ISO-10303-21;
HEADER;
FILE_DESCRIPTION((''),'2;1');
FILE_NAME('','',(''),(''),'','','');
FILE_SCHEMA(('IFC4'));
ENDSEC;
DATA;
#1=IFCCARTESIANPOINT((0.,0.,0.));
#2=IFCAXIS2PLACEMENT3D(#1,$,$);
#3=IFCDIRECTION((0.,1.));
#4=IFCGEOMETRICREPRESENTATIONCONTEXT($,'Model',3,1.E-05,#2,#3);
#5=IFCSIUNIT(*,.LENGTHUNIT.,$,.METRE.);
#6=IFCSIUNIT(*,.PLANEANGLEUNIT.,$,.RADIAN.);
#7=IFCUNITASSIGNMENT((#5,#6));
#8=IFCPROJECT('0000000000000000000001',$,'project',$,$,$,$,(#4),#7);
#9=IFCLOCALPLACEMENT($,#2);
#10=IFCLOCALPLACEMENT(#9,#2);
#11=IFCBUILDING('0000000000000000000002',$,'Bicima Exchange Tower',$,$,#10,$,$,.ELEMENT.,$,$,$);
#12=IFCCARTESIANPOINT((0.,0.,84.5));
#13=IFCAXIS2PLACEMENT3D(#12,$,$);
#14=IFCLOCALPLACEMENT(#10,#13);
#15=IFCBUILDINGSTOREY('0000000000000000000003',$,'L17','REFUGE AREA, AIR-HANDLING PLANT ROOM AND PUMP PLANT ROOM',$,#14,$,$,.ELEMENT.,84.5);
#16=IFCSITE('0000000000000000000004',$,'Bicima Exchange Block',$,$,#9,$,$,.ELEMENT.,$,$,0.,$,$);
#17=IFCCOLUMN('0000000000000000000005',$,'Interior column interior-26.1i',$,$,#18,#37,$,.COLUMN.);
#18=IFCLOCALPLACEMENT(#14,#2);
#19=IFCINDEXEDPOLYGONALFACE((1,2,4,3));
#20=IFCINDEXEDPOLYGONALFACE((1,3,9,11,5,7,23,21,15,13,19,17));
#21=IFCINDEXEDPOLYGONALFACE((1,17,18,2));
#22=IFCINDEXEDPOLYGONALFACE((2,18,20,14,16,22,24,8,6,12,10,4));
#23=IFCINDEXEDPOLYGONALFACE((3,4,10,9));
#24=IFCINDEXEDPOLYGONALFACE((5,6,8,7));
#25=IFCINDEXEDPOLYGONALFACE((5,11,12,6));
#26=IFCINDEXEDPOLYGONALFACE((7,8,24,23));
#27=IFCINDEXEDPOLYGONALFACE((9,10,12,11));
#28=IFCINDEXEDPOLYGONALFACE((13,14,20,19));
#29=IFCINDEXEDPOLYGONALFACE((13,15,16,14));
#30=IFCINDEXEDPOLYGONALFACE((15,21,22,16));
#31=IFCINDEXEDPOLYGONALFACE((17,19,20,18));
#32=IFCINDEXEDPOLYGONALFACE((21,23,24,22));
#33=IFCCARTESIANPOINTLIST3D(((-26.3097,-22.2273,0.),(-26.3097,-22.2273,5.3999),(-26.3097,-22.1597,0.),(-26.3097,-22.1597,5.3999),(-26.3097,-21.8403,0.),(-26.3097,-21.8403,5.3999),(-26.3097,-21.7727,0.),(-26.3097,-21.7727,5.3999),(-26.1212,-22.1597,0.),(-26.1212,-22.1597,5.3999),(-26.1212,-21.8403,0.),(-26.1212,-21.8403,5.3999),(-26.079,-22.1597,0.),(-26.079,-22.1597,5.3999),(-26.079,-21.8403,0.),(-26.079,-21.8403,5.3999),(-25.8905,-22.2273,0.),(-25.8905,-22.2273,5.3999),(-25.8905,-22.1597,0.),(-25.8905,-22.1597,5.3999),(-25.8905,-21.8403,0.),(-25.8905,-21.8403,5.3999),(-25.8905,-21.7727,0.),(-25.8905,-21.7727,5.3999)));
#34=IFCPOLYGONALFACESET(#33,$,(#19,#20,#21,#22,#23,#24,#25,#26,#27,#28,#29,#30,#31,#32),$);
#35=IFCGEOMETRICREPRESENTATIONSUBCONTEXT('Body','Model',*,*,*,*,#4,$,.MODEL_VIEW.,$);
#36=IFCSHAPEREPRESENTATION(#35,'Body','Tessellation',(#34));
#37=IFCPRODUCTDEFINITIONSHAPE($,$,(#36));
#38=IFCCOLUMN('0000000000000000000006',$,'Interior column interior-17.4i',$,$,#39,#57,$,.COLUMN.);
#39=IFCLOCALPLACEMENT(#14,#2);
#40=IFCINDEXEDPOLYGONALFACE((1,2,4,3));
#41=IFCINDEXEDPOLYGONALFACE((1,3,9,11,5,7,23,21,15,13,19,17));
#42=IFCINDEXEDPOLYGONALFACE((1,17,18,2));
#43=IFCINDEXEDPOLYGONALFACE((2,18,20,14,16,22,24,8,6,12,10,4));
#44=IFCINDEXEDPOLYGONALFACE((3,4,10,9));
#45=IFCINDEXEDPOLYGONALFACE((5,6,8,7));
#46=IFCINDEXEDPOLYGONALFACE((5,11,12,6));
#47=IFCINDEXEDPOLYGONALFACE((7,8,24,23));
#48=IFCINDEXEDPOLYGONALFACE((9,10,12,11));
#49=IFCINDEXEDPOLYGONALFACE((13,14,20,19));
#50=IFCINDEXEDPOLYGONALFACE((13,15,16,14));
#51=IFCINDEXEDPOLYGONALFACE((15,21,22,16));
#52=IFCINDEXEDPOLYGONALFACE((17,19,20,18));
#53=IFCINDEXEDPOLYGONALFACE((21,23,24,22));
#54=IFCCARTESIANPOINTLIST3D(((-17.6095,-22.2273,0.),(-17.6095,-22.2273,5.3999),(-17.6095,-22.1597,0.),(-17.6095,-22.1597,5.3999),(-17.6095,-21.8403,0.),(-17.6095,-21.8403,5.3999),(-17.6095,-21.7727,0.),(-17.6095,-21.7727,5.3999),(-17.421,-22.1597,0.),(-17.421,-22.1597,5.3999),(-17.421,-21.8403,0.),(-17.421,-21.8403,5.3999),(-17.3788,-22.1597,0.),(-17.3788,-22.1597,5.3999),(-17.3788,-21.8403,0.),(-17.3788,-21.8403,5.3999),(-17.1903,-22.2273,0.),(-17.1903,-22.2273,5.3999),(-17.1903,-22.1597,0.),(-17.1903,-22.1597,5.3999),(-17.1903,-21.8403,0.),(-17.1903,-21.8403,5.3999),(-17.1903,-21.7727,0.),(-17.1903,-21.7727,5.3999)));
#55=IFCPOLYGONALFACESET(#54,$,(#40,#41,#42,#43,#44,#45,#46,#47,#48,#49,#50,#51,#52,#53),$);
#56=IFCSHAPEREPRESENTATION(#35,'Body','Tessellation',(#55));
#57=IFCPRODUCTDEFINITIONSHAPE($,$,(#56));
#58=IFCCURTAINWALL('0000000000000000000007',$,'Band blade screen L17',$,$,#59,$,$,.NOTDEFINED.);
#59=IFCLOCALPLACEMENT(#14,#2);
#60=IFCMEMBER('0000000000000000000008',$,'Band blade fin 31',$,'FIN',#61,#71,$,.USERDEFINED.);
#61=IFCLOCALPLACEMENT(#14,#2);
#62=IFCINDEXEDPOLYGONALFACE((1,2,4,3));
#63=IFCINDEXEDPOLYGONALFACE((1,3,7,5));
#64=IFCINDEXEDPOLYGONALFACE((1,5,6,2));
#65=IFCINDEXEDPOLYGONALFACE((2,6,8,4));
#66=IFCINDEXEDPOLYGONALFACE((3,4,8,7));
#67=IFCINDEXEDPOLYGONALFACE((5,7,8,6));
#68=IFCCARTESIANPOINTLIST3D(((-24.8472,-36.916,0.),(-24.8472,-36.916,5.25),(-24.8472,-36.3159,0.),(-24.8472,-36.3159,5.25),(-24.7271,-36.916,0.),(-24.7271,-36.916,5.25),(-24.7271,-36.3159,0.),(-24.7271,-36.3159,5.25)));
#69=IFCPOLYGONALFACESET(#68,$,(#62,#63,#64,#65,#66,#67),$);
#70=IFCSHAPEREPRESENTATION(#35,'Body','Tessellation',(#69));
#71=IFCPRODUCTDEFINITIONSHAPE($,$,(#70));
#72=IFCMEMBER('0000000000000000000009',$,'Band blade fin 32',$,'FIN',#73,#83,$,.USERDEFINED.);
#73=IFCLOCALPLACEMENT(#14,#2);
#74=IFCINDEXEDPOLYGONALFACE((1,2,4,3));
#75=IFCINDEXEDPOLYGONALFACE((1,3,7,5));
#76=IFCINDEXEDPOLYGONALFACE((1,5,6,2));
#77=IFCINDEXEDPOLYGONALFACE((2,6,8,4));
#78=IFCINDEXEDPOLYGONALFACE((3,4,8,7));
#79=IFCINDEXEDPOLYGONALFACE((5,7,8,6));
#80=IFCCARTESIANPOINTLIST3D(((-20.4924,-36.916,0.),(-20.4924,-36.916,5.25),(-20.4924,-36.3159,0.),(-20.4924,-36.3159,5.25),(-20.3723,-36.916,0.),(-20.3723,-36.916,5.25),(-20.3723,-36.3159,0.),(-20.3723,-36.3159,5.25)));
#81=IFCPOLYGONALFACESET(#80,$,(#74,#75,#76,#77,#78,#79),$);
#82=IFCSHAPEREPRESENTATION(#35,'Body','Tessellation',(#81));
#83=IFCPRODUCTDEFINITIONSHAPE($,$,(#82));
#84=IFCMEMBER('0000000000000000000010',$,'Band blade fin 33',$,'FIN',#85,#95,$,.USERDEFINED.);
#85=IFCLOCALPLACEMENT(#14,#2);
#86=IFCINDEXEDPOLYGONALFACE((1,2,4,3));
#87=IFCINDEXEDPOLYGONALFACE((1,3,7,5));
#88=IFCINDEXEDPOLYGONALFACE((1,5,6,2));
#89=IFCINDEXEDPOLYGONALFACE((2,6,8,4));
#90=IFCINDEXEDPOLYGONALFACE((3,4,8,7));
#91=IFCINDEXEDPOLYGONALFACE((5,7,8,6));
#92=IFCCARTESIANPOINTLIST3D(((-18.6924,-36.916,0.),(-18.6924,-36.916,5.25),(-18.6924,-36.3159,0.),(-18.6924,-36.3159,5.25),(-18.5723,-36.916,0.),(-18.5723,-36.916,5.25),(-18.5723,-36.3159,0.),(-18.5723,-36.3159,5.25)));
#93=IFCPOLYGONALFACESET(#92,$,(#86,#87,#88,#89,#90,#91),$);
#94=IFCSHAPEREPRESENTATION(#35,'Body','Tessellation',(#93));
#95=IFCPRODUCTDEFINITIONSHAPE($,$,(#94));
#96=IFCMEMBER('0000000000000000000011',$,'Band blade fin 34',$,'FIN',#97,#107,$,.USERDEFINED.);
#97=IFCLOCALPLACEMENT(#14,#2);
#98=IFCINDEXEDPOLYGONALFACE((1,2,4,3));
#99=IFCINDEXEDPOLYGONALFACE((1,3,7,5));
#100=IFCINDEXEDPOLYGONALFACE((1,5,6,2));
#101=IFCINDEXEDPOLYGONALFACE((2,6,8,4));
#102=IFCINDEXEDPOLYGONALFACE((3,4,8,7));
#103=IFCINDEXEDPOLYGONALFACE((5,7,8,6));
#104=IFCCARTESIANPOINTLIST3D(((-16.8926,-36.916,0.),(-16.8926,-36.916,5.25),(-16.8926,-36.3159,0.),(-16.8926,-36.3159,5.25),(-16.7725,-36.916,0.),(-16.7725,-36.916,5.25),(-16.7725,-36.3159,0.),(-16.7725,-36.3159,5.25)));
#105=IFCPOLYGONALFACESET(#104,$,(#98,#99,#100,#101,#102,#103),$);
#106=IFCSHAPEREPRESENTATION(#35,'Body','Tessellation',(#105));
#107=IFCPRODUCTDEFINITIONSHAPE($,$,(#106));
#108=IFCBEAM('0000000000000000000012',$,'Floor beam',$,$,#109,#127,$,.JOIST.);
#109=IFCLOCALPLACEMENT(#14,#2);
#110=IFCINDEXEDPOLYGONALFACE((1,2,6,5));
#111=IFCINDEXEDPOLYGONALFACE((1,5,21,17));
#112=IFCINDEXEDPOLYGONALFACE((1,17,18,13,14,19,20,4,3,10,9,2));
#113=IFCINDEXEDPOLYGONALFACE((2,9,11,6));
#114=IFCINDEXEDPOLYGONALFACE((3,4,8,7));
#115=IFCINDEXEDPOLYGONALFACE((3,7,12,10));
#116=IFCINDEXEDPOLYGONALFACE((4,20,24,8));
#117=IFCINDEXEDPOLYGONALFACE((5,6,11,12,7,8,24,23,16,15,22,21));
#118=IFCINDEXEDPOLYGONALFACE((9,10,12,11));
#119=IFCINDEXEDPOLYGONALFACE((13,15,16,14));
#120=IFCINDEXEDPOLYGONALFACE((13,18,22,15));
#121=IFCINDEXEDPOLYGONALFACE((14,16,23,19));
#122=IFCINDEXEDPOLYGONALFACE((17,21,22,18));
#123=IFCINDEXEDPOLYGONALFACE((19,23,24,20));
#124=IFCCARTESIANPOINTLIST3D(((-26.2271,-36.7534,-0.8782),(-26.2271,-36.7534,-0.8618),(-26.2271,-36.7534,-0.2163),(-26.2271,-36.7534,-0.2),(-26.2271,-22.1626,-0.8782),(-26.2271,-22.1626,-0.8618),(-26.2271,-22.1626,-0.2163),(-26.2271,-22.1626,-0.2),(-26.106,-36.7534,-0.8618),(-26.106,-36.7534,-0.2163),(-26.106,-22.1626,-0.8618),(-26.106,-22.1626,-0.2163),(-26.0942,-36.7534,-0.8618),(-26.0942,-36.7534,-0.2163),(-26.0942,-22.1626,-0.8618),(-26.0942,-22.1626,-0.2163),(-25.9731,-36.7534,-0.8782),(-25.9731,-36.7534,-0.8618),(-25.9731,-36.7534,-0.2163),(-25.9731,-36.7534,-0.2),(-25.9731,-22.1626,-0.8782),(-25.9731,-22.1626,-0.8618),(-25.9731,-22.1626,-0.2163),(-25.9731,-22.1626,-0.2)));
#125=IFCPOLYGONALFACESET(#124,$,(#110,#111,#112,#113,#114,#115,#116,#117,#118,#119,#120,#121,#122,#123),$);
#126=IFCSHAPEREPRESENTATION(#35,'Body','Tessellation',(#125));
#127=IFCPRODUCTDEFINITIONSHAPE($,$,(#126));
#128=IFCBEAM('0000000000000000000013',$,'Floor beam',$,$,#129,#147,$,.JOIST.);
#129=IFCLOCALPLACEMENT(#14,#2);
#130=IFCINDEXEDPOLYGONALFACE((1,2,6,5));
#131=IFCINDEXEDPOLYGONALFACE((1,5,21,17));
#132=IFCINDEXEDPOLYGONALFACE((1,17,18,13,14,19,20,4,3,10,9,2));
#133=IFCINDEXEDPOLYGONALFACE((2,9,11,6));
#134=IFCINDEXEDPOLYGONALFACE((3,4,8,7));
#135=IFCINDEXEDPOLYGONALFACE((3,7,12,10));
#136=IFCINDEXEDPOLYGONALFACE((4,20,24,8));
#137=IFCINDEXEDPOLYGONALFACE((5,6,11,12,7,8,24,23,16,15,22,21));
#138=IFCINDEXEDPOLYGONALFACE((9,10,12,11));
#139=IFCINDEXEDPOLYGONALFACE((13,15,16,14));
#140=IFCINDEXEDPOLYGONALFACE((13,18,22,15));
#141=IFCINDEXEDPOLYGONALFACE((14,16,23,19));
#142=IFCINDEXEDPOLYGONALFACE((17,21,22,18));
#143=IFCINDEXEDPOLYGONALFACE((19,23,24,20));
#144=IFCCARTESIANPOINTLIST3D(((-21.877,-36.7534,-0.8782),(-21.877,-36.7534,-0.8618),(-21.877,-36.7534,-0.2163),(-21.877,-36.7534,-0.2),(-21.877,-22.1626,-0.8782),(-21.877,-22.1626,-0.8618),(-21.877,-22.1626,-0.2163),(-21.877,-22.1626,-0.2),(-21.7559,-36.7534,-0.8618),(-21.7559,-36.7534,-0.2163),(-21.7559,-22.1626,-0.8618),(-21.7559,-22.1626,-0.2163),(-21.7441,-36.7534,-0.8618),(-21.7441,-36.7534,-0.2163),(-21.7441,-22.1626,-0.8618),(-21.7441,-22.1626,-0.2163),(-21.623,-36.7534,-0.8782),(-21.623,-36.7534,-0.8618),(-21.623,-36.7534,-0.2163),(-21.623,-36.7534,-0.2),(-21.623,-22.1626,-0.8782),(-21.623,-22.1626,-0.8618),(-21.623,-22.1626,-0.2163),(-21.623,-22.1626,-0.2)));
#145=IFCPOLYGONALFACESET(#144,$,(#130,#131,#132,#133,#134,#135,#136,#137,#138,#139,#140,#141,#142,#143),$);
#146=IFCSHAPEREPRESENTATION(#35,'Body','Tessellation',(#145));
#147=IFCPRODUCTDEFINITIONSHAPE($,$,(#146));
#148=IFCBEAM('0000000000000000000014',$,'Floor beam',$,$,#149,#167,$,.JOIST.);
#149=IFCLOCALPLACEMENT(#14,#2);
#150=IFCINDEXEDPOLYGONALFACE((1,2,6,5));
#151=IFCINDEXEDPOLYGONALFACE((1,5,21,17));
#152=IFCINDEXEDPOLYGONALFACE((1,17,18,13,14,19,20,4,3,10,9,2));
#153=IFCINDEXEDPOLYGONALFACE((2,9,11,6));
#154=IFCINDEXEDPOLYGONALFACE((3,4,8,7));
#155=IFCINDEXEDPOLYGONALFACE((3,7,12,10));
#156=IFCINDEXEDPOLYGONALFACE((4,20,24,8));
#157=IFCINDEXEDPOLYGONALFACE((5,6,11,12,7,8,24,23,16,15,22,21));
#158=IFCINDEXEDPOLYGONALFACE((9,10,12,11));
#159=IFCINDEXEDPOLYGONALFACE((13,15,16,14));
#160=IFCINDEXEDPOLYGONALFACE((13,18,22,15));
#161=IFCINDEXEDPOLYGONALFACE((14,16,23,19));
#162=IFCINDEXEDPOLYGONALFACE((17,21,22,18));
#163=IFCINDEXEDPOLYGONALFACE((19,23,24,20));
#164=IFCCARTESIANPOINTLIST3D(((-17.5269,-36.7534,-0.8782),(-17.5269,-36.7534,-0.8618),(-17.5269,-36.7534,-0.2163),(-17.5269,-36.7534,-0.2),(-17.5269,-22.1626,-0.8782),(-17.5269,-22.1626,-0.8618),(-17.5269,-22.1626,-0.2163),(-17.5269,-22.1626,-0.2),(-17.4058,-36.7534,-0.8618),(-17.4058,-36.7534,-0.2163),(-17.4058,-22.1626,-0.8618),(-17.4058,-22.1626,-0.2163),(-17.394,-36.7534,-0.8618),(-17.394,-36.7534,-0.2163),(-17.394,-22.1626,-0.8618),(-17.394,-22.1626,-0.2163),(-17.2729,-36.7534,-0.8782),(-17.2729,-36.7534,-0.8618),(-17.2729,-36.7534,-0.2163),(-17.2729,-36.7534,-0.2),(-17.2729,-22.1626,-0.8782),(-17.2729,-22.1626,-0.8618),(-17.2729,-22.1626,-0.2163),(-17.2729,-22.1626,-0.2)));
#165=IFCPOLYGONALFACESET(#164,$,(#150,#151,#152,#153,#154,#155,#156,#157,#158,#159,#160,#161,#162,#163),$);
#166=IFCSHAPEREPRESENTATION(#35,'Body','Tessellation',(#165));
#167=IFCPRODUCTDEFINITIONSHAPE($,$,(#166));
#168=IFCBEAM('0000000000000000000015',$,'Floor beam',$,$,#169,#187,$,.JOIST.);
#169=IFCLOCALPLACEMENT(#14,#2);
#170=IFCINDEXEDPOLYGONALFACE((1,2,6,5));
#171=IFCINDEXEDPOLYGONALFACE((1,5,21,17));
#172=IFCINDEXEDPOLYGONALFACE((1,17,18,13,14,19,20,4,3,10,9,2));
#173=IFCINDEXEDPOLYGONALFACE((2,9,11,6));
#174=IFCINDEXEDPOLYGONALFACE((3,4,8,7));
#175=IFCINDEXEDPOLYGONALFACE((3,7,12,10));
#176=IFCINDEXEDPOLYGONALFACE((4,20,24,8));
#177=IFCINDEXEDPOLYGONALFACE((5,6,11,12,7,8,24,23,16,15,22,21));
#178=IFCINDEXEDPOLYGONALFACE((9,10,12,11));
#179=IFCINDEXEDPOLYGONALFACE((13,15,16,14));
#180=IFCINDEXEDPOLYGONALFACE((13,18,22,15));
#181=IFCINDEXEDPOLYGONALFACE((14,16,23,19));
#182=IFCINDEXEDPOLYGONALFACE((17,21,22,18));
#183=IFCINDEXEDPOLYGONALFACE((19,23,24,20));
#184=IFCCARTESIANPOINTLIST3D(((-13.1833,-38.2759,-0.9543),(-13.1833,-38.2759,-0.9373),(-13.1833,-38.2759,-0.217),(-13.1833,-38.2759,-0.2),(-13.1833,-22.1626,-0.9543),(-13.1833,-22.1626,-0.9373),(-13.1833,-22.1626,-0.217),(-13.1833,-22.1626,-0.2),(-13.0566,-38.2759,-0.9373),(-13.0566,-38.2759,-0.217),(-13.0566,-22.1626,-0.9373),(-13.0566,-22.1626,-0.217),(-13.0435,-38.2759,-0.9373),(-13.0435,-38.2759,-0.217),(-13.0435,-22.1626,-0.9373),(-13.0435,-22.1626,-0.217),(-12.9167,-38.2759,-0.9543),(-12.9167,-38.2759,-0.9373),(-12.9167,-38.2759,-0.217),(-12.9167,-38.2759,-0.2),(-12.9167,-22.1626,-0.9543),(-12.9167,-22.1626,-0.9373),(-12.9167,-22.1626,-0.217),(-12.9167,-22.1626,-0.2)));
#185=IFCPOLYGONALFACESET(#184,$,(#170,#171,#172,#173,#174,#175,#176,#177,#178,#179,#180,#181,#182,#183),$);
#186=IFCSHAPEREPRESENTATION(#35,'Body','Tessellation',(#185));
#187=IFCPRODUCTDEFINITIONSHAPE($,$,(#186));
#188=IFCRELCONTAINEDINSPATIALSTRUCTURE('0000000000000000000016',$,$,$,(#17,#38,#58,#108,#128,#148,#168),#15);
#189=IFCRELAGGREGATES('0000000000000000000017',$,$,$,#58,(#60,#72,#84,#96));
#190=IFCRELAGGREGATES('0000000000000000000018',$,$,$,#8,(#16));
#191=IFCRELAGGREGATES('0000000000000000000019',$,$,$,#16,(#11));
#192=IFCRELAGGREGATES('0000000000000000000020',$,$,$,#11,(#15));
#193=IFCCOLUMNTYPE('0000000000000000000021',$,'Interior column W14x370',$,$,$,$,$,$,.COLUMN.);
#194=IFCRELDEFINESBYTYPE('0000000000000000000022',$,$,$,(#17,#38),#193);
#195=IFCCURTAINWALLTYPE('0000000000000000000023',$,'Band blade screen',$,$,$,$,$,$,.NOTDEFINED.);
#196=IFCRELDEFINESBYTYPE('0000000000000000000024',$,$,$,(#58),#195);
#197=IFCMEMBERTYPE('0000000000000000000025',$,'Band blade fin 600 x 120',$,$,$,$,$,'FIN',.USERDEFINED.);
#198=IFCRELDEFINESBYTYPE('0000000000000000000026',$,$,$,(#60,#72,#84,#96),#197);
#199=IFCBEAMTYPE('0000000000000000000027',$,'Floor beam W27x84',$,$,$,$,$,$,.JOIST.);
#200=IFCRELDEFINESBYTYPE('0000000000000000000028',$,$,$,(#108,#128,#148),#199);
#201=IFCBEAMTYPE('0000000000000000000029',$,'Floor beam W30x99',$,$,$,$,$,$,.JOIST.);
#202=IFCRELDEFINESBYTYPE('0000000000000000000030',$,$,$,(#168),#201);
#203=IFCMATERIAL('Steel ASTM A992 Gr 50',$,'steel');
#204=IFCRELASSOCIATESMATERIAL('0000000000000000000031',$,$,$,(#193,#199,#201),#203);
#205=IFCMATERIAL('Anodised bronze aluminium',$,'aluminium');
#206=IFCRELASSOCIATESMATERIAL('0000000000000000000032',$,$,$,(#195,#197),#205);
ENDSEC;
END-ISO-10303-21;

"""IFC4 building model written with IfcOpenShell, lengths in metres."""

from ifc_helpers import new_model, si_unit, direction, frame, origin, origin_2d, place, context, subcontext, project, spatial, rectangle, i_section, extrude, material, material_profile, profile_set, type_object, element, aggregate, save


model = new_model("IFC4")

# Units and contexts
model_context = context("Model", 3, precision=1e-05, world=origin(), true_north=direction((0.0, 1.0)))
body_context = subcontext(model_context, "Body", "Model", "MODEL_VIEW")
ifc_project = project(units=[si_unit("LENGTHUNIT", "METRE"), si_unit("PLANEANGLEUNIT", "RADIAN")], contexts=[model_context])

# Site, building, storey
site_placement = place(None, origin())
site = spatial("IfcSite", under=ifc_project, at=site_placement, Name="Bicima Exchange Block", CompositionType="ELEMENT", RefElevation=0.0)
building_placement = place(site_placement, origin())
building = spatial("IfcBuilding", under=site, at=building_placement, Name="Bicima Exchange Tower", CompositionType="ELEMENT")
storey_placement = place(building_placement, frame((0.0, 0.0, 84.5)))
storey = spatial("IfcBuildingStorey", under=building, at=storey_placement, Name="L17", Description="REFUGE AREA, AIR-HANDLING PLANT ROOM AND PUMP PLANT ROOM", CompositionType="ELEMENT", Elevation=84.5)

# Columns
ifc_material_1 = material(Name="Steel ASTM A992 Gr 50", Category="steel")
ifc_material_profile_1 = material_profile(ifc_material_1, i_section(OverallWidth=0.4192, OverallDepth=0.4546, WebThickness=0.0422, FlangeThickness=0.0676, at=origin_2d()))
ifc_profile_set_1 = profile_set([ifc_material_profile_1], Name="Steel ASTM A992 Gr 50")
column_type = type_object("IfcColumnType", Name="Interior column W14x370", PredefinedType="COLUMN", material=ifc_profile_set_1)
for number, where, z_axis, x_axis, name in (
    (1, (-26.1001, -22.0, 0.0), (0.0, 0.0, 1.0), (1.0, 0.0, 0.0), "Interior column interior-26.1i"),
    (2, (-17.3999, -22.0, 0.0), (0.0, 0.0, 1.0), (1.0, 0.0, 0.0), "Interior column interior-17.4i"),
):
    element("IfcColumn", number, at=place(storey_placement, frame(where, z_axis=z_axis, x_axis=x_axis)), inside=storey, type_object=column_type, Name=name, PredefinedType="COLUMN", context=body_context, shape_type="SweptSolid", body=[
        extrude(i_section(OverallWidth=0.4192, OverallDepth=0.4546, WebThickness=0.0422, FlangeThickness=0.0676, at=origin_2d()), origin(), (0.0, 0.0, 1.0), 5.3999),
    ])

# Curtain wall, members
ifc_material_2 = material(Name="Anodised bronze aluminium", Category="aluminium")
curtain_wall_type = type_object("IfcCurtainWallType", Name="Band blade screen", PredefinedType="NOTDEFINED", material=ifc_material_2)
curtain_wall_placement = place(storey_placement, origin())
curtain_wall = element("IfcCurtainWall", 3, at=curtain_wall_placement, inside=storey, type_object=curtain_wall_type, Name="Band blade screen L17", PredefinedType="NOTDEFINED")
ifc_material_profile_2 = material_profile(ifc_material_2, rectangle(XDim=0.6001, YDim=0.1201, at=origin_2d()))
ifc_profile_set_2 = profile_set([ifc_material_profile_2], Name="Anodised bronze aluminium")
member_type_1 = type_object("IfcMemberType", Name="Band blade fin 600 x 120", ElementType="FIN", PredefinedType="USERDEFINED", material=ifc_profile_set_2)
member_1_placement = place(storey_placement, frame((-24.7871, -36.616, 0.0), z_axis=(0.0, 0.0, 1.0), x_axis=(0.0, 1.0, 0.0)))
member_1 = element("IfcMember", 4, at=member_1_placement, type_object=member_type_1, Name="Band blade fin 31", ObjectType="FIN", PredefinedType="USERDEFINED", context=body_context, shape_type="SweptSolid", body=[
    extrude(rectangle(XDim=0.6001, YDim=0.1201, at=origin_2d()), origin(), (0.0, 0.0, 1.0), 5.25),
])
member_2_placement = place(storey_placement, frame((-20.4324, -36.616, 0.0), z_axis=(0.0, 0.0, 1.0), x_axis=(0.0, 1.0, 0.0)))
member_2 = element("IfcMember", 5, at=member_2_placement, type_object=member_type_1, Name="Band blade fin 32", ObjectType="FIN", PredefinedType="USERDEFINED", context=body_context, shape_type="SweptSolid", body=[
    extrude(rectangle(XDim=0.6001, YDim=0.1201, at=origin_2d()), origin(), (0.0, 0.0, 1.0), 5.25),
])
member_3_placement = place(storey_placement, frame((-18.6323, -36.616, 0.0), z_axis=(0.0, 0.0, 1.0), x_axis=(0.0, 1.0, 0.0)))
member_3 = element("IfcMember", 6, at=member_3_placement, type_object=member_type_1, Name="Band blade fin 33", ObjectType="FIN", PredefinedType="USERDEFINED", context=body_context, shape_type="SweptSolid", body=[
    extrude(rectangle(XDim=0.6001, YDim=0.1201, at=origin_2d()), origin(), (0.0, 0.0, 1.0), 5.25),
])
member_4_placement = place(storey_placement, frame((-16.8325, -36.616, 0.0), z_axis=(0.0, 0.0, 1.0), x_axis=(0.0, 1.0, 0.0)))
member_4 = element("IfcMember", 7, at=member_4_placement, type_object=member_type_1, Name="Band blade fin 34", ObjectType="FIN", PredefinedType="USERDEFINED", context=body_context, shape_type="SweptSolid", body=[
    extrude(rectangle(XDim=0.6001, YDim=0.1201, at=origin_2d()), origin(), (0.0, 0.0, 1.0), 5.25),
])
aggregate(curtain_wall, [member_1, member_2, member_3, member_4])

# Beams
ifc_material_profile_3 = material_profile(ifc_material_1, i_section(OverallWidth=0.2539, OverallDepth=0.6782, WebThickness=0.0117, FlangeThickness=0.0164, at=origin_2d()))
ifc_profile_set_3 = profile_set([ifc_material_profile_3], Name="Steel ASTM A992 Gr 50")
beam_type_1 = type_object("IfcBeamType", Name="Floor beam W27x84", PredefinedType="JOIST", material=ifc_profile_set_3)
for number, where, z_axis, x_axis, name in (
    (8, (-26.1001, -22.1626, -0.5391), (0.0, -1.0, 0.0), (1.0, 0.0, 0.0), "Floor beam"),
    (9, (-21.75, -22.1626, -0.5391), (0.0, -1.0, 0.0), (1.0, 0.0, 0.0), "Floor beam"),
    (10, (-17.3999, -22.1626, -0.5391), (0.0, -1.0, 0.0), (1.0, 0.0, 0.0), "Floor beam"),
):
    element("IfcBeam", number, at=place(storey_placement, frame(where, z_axis=z_axis, x_axis=x_axis)), inside=storey, type_object=beam_type_1, Name=name, PredefinedType="JOIST", context=body_context, shape_type="SweptSolid", body=[
        extrude(i_section(OverallWidth=0.2539, OverallDepth=0.6782, WebThickness=0.0117, FlangeThickness=0.0164, at=origin_2d()), origin(), (0.0, 0.0, 1.0), 14.5908),
    ])
ifc_material_profile_4 = material_profile(ifc_material_1, i_section(OverallWidth=0.2666, OverallDepth=0.7544, WebThickness=0.0132, FlangeThickness=0.0171, at=origin_2d()))
ifc_profile_set_4 = profile_set([ifc_material_profile_4], Name="Steel ASTM A992 Gr 50")
beam_type_2 = type_object("IfcBeamType", Name="Floor beam W30x99", PredefinedType="JOIST", material=ifc_profile_set_4)
beam_1_placement = place(storey_placement, frame((-13.05, -22.1626, -0.5771), z_axis=(0.0, -1.0, 0.0), x_axis=(1.0, 0.0, 0.0)))
element("IfcBeam", 11, at=beam_1_placement, inside=storey, type_object=beam_type_2, Name="Floor beam", PredefinedType="JOIST", context=body_context, shape_type="SweptSolid", body=[
    extrude(i_section(OverallWidth=0.2666, OverallDepth=0.7544, WebThickness=0.0132, FlangeThickness=0.0171, at=origin_2d()), origin(), (0.0, 0.0, 1.0), 16.1133),
])

save(model, "model.ifc")
